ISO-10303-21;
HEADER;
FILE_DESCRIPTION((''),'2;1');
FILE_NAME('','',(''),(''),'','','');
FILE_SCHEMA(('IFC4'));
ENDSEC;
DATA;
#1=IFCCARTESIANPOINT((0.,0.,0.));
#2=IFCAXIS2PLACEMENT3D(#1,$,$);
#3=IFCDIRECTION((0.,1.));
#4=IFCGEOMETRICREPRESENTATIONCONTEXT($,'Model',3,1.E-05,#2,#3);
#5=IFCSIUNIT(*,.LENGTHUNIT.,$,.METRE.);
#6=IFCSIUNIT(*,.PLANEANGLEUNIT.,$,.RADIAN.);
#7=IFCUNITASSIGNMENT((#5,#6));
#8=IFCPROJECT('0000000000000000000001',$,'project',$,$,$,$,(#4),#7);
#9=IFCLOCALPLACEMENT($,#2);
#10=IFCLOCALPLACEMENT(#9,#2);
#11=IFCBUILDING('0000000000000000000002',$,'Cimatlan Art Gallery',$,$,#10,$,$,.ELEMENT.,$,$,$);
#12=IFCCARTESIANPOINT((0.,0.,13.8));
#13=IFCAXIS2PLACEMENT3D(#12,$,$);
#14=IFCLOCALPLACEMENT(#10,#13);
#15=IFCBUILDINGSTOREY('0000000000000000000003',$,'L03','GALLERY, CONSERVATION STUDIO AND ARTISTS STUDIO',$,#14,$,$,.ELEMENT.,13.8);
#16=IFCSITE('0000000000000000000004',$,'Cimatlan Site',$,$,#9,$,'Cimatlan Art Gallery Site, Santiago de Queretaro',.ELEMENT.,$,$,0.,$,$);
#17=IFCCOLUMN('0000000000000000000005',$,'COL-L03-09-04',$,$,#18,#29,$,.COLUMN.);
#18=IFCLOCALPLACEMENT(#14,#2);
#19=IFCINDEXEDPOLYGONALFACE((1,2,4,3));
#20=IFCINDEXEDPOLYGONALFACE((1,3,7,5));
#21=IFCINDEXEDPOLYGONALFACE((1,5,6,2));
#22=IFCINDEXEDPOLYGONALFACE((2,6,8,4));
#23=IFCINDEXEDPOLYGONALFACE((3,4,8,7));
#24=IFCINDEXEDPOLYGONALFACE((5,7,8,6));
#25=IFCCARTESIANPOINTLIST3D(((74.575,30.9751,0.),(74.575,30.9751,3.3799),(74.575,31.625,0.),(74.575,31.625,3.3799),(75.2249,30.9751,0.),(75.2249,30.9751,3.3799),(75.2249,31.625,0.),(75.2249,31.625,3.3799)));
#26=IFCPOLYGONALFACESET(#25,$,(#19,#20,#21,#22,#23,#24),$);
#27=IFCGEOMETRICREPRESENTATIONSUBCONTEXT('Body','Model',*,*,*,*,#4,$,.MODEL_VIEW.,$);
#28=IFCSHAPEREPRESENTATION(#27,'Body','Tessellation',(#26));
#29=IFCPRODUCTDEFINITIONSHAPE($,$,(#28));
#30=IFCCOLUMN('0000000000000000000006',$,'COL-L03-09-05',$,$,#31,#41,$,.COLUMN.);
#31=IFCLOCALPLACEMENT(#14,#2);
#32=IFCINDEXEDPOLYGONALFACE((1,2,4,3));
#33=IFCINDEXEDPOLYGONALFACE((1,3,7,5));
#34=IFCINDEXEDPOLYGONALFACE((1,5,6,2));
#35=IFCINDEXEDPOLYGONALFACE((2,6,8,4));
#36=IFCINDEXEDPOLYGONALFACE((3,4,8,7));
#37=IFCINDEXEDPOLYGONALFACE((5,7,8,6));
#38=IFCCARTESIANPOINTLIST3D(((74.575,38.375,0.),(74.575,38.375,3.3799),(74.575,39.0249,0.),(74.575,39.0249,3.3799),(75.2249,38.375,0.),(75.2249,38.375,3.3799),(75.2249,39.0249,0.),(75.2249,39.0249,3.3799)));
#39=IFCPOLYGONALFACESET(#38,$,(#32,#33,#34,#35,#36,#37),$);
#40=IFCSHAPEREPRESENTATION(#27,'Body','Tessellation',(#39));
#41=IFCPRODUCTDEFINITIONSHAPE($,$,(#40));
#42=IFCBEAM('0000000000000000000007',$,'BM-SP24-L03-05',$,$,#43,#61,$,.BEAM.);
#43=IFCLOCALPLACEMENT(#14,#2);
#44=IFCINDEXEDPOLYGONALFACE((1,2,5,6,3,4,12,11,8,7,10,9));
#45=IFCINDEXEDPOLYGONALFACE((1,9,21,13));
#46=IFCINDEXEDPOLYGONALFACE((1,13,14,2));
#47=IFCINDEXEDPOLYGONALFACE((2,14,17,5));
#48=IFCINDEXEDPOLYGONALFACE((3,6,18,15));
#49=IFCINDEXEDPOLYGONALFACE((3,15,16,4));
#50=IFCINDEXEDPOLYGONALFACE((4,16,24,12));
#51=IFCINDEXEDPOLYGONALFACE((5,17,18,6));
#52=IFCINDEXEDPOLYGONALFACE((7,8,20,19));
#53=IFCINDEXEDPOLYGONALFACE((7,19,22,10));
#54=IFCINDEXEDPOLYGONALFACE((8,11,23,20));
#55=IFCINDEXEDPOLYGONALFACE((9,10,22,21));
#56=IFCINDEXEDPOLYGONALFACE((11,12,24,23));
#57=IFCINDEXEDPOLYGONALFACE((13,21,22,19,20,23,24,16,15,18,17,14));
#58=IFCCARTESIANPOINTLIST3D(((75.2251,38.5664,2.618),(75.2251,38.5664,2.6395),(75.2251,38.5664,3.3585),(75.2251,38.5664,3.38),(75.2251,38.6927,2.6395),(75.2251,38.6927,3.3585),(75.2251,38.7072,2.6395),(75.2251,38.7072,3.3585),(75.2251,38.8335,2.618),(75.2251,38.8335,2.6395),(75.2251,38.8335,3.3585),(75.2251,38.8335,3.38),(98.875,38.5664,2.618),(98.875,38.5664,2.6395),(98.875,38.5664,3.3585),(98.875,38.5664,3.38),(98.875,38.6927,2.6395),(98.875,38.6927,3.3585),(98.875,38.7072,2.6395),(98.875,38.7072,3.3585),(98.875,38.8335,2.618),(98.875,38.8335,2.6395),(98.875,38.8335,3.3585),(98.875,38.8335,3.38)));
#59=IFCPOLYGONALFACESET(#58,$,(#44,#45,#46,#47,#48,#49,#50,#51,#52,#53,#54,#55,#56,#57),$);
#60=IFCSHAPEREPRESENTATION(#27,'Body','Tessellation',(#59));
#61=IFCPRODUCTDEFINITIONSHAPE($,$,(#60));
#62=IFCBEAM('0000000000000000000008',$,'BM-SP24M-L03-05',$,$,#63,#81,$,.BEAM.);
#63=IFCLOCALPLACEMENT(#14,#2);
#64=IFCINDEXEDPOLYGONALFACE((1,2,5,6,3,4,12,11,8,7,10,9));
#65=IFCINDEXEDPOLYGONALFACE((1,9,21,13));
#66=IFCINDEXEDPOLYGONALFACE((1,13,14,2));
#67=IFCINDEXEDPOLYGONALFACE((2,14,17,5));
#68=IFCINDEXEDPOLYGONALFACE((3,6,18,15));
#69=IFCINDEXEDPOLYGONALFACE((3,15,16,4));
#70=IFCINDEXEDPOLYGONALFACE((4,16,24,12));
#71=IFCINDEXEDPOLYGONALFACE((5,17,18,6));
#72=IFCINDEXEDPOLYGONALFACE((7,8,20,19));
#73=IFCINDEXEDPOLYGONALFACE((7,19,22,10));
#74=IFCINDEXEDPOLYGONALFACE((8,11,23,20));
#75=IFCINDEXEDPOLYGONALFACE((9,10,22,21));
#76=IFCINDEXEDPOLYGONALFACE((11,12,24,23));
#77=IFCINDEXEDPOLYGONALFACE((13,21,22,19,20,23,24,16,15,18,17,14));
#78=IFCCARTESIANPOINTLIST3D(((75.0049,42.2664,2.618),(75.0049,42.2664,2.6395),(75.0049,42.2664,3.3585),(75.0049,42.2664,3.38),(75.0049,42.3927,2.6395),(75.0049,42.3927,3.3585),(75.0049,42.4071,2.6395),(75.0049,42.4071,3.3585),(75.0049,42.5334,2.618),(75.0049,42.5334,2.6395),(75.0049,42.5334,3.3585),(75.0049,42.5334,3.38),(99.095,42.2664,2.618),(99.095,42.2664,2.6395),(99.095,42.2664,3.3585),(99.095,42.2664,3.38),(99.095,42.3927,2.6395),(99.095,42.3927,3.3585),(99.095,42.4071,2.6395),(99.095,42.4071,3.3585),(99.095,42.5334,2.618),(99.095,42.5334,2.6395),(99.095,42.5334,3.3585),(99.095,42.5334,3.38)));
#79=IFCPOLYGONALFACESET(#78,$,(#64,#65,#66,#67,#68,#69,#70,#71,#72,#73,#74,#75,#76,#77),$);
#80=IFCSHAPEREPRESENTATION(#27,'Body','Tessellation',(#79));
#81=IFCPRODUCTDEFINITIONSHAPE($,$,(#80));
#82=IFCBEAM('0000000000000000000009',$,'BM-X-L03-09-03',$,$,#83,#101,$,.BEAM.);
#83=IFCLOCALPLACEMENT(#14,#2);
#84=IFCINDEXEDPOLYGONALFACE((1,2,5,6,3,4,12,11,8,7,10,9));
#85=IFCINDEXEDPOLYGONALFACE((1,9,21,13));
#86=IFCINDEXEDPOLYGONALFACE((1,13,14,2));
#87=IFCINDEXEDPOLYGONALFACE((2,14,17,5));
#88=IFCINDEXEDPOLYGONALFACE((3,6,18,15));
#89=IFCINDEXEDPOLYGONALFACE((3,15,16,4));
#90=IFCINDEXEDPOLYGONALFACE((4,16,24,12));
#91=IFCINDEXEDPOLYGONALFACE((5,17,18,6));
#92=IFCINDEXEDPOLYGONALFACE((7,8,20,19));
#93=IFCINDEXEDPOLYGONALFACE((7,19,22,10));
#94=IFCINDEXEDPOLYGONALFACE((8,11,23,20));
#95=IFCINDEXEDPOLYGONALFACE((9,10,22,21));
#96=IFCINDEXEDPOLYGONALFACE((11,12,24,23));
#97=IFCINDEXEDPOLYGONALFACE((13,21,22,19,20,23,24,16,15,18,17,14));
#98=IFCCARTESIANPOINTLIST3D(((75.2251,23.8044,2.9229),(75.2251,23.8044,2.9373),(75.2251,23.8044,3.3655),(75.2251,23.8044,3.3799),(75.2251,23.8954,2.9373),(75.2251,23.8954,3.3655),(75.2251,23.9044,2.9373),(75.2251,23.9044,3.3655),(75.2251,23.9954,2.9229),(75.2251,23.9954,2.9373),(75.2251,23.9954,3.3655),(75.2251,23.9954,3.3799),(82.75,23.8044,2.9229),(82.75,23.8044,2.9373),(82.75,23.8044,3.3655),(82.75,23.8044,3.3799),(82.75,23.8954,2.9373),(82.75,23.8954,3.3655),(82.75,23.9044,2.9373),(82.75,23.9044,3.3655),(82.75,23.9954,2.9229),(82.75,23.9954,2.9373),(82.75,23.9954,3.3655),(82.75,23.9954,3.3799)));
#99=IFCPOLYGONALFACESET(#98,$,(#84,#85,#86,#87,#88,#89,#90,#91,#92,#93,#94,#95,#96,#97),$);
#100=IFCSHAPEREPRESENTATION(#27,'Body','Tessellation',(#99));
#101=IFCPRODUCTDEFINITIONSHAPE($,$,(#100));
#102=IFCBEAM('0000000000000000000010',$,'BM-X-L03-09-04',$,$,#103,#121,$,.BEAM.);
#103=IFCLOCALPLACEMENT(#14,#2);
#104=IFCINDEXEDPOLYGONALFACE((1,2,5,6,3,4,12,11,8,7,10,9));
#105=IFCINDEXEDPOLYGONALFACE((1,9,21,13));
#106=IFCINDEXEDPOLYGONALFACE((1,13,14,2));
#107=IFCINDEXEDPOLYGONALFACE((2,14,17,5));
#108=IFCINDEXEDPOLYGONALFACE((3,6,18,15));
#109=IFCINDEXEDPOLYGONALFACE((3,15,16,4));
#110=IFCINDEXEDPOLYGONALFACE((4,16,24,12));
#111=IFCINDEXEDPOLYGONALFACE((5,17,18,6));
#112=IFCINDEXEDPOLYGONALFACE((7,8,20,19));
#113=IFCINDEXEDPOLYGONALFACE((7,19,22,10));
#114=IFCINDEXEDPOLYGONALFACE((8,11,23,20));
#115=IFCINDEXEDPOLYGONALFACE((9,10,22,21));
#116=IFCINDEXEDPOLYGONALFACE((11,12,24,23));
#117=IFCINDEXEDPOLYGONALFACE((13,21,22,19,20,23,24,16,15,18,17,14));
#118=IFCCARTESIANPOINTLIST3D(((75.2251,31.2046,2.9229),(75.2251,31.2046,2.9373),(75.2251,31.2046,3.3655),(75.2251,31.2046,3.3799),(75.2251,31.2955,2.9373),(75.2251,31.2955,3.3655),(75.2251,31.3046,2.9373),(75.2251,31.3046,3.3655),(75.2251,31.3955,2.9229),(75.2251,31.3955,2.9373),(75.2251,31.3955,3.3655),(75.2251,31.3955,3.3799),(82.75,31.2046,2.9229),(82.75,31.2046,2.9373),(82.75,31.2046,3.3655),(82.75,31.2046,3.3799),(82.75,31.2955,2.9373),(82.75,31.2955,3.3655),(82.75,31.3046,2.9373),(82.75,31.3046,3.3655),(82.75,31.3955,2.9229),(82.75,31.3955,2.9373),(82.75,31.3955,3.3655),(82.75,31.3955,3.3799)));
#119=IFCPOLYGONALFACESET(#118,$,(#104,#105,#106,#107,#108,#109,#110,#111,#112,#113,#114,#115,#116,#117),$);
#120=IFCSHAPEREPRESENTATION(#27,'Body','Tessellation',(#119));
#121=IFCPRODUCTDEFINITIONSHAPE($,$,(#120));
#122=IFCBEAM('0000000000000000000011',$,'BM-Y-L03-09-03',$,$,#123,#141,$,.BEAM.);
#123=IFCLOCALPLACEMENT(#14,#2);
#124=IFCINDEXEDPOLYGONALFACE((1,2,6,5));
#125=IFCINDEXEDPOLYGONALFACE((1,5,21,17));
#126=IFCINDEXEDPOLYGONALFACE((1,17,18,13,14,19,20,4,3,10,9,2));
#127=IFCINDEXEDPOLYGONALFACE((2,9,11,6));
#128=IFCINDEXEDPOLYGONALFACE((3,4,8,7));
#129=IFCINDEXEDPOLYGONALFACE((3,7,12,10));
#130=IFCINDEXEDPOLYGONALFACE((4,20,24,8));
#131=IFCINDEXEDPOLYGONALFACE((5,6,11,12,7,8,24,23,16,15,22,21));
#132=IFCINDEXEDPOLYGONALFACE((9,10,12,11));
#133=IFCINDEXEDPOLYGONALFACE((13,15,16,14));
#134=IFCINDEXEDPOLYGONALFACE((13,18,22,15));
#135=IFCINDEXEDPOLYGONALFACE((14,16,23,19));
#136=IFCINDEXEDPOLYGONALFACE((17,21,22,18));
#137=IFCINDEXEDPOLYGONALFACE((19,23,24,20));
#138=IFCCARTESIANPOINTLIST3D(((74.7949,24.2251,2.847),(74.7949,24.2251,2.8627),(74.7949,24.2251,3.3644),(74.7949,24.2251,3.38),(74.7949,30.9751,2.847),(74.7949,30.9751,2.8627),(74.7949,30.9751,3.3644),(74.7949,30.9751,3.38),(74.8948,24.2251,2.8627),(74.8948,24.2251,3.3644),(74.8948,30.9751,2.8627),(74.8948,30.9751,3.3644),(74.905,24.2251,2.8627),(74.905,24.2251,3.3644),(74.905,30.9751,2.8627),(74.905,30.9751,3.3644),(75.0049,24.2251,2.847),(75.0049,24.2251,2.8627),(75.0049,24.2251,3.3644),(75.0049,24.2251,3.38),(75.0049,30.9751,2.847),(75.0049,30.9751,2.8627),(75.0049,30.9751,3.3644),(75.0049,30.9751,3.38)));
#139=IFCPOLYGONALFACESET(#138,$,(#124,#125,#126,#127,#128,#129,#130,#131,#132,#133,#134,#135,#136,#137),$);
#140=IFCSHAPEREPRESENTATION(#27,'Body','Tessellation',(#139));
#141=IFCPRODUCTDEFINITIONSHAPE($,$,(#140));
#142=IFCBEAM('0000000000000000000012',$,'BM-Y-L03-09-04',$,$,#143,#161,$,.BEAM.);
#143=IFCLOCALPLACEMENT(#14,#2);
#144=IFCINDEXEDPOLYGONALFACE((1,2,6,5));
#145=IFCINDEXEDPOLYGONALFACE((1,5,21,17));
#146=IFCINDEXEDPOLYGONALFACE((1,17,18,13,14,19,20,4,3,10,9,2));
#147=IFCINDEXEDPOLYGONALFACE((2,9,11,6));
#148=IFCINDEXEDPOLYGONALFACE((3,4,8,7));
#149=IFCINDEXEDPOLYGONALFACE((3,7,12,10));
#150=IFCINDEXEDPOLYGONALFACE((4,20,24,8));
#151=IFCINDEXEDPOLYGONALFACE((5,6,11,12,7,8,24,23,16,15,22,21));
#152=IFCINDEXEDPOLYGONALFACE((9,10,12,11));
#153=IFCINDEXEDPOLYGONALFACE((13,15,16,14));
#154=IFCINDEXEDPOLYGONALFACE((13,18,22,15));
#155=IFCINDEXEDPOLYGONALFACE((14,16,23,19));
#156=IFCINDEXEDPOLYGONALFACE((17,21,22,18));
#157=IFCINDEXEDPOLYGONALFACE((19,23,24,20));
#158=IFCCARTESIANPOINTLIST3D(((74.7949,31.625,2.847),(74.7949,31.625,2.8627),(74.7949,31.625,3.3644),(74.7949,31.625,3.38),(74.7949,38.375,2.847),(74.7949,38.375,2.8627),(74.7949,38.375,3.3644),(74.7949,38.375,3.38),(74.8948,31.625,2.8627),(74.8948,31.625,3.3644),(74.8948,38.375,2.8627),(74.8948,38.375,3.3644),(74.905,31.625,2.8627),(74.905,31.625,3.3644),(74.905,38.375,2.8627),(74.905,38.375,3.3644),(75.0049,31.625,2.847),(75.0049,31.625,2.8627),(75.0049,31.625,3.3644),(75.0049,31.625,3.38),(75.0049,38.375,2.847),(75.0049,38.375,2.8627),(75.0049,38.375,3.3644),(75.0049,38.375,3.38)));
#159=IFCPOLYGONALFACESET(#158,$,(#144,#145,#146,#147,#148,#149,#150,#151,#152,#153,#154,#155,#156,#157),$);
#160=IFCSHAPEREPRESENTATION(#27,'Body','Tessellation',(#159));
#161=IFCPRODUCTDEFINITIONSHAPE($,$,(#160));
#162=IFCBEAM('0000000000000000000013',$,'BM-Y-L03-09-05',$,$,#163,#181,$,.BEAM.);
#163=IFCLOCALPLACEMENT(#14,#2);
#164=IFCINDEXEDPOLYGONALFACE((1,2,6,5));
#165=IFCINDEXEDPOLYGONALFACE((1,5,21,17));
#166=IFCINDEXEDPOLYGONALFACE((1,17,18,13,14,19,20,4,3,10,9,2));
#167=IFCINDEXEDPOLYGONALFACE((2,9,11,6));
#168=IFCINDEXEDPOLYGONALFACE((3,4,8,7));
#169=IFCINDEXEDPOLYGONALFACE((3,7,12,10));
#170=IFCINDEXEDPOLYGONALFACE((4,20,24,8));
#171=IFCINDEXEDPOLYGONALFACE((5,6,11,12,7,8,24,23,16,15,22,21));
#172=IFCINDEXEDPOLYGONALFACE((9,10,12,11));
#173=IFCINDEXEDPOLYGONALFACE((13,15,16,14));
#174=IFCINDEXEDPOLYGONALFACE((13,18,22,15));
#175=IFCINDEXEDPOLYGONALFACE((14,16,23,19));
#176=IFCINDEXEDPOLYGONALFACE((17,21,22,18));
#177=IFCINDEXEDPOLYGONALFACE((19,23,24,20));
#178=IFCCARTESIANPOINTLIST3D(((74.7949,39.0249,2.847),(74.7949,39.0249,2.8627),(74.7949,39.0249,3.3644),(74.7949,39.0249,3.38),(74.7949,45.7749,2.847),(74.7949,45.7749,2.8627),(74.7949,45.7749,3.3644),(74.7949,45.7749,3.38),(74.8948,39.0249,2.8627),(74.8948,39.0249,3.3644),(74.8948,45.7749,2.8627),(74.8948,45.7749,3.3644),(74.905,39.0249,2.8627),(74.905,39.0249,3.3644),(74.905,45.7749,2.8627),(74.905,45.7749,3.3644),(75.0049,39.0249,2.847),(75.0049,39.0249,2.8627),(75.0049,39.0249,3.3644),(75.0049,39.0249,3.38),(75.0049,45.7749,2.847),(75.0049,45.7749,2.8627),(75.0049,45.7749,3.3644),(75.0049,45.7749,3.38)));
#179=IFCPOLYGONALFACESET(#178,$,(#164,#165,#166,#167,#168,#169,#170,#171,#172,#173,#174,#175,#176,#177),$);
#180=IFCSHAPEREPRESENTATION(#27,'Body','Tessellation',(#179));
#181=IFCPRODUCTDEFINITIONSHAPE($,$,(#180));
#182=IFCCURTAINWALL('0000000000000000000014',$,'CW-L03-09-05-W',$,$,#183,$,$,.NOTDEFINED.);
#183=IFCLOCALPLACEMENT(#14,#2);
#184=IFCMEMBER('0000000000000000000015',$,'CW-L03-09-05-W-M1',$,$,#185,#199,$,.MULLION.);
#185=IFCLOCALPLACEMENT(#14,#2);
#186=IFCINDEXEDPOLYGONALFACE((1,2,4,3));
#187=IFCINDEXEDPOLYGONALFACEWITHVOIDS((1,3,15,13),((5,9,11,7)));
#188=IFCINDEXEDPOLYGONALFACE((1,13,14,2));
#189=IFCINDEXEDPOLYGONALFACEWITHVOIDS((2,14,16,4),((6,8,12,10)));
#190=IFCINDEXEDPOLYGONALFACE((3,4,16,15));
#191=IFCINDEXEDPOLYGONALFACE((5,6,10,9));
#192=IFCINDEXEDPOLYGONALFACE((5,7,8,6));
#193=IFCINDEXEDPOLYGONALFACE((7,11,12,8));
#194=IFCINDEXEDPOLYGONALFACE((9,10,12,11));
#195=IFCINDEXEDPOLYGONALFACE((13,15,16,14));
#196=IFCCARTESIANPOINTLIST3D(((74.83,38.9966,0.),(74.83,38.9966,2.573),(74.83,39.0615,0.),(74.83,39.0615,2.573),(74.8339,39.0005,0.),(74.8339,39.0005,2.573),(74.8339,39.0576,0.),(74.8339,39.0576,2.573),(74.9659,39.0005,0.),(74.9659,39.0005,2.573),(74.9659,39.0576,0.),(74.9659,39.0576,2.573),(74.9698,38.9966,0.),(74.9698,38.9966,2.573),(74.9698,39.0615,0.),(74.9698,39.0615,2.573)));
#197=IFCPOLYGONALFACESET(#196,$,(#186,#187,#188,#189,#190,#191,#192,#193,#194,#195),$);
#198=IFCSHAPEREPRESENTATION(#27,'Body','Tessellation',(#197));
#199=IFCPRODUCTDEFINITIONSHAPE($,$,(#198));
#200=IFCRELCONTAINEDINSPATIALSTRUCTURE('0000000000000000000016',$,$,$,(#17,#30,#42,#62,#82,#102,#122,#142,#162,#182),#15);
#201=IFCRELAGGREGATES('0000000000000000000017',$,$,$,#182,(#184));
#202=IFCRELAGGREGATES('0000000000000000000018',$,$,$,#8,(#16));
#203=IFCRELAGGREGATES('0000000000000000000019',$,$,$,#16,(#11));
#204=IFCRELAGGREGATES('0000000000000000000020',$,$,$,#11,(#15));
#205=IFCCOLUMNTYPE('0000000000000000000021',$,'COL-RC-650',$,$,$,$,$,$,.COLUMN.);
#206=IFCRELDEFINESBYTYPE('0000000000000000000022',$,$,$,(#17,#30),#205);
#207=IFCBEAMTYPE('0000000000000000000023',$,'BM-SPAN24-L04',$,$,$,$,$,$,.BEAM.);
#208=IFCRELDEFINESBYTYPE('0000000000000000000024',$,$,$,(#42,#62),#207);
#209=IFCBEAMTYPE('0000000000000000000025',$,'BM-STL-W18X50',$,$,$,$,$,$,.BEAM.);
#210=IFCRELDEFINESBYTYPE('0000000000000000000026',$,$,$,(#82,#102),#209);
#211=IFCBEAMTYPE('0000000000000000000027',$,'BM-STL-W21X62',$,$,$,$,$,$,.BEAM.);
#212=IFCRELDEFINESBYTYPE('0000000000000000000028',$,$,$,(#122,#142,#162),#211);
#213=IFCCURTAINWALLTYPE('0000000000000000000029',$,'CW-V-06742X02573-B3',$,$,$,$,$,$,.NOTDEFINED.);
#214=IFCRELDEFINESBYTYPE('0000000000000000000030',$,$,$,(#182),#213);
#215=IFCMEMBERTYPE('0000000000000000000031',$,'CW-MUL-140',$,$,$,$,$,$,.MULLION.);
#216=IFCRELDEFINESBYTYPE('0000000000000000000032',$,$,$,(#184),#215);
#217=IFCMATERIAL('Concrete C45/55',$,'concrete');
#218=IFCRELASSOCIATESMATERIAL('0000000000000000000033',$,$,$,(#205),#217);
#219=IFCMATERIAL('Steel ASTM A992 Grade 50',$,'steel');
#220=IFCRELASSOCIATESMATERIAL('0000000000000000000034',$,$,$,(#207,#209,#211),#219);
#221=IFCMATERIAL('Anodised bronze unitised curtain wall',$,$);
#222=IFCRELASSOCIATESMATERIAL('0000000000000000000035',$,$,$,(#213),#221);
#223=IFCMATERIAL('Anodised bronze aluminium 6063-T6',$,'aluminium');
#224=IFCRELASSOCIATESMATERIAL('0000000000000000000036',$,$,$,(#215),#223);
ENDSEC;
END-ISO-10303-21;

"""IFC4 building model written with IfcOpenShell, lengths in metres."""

from ifc_helpers import new_model, si_unit, direction, frame, origin, origin_2d, place, context, subcontext, project, spatial, rectangle, hollow_rectangle, i_section, extrude, material, material_profile, profile_set, type_object, element, aggregate, save


model = new_model("IFC4")

# Units and contexts
model_context = context("Model", 3, precision=1e-05, world=origin(), true_north=direction((0.0, 1.0)))
body_context = subcontext(model_context, "Body", "Model", "MODEL_VIEW")
ifc_project = project(units=[si_unit("LENGTHUNIT", "METRE"), si_unit("PLANEANGLEUNIT", "RADIAN")], contexts=[model_context])

# Site, building, storey
site_placement = place(None, origin())
site = spatial("IfcSite", under=ifc_project, at=site_placement, Name="Cimatlan Site", LongName="Cimatlan Art Gallery Site, Santiago de Queretaro", CompositionType="ELEMENT", RefElevation=0.0)
building_placement = place(site_placement, origin())
building = spatial("IfcBuilding", under=site, at=building_placement, Name="Cimatlan Art Gallery", CompositionType="ELEMENT")
storey_placement = place(building_placement, frame((0.0, 0.0, 13.8)))
storey = spatial("IfcBuildingStorey", under=building, at=storey_placement, Name="L03", Description="GALLERY, CONSERVATION STUDIO AND ARTISTS STUDIO", CompositionType="ELEMENT", Elevation=13.8)

# Columns
ifc_material_1 = material(Name="Concrete C45/55", Category="concrete")
ifc_material_profile_1 = material_profile(ifc_material_1, rectangle(XDim=0.6499, YDim=0.6499, at=origin_2d()), Name="RC650X650")
ifc_profile_set_1 = profile_set([ifc_material_profile_1], Name="Concrete C45/55")
column_type = type_object("IfcColumnType", Name="COL-RC-650", PredefinedType="COLUMN", material=ifc_profile_set_1)
for number, where, z_axis, x_axis, name in (
    (1, (74.8999, 31.3, 0.0), (0.0, 0.0, 1.0), (1.0, 0.0, 0.0), "COL-L03-09-04"),
    (2, (74.8999, 38.7, 0.0), (0.0, 0.0, 1.0), (1.0, 0.0, 0.0), "COL-L03-09-05"),
):
    element("IfcColumn", number, at=place(storey_placement, frame(where, z_axis=z_axis, x_axis=x_axis)), inside=storey, type_object=column_type, Name=name, PredefinedType="COLUMN", context=body_context, shape_type="SweptSolid", body=[
        extrude(rectangle(XDim=0.6499, YDim=0.6499, at=origin_2d()), origin(), (0.0, 0.0, 1.0), 3.3799),
    ])

# Beams
ifc_material_2 = material(Name="Steel ASTM A992 Grade 50", Category="steel")
ifc_material_profile_2 = material_profile(ifc_material_2, i_section(OverallWidth=0.2671, OverallDepth=0.762, WebThickness=0.0144, FlangeThickness=0.0215, at=origin_2d()), Name="W30X116")
ifc_profile_set_2 = profile_set([ifc_material_profile_2], Name="Steel ASTM A992 Grade 50")
beam_type_1 = type_object("IfcBeamType", Name="BM-SPAN24-L04", PredefinedType="BEAM", material=ifc_profile_set_2)
beam_1_placement = place(storey_placement, frame((75.2251, 38.7, 2.999), z_axis=(1.0, 0.0, 0.0), x_axis=(0.0, 1.0, 0.0)))
element("IfcBeam", 3, at=beam_1_placement, inside=storey, type_object=beam_type_1, Name="BM-SP24-L03-05", PredefinedType="BEAM", context=body_context, shape_type="SweptSolid", body=[
    extrude(i_section(OverallWidth=0.2671, OverallDepth=0.762, WebThickness=0.0144, FlangeThickness=0.0215, at=origin_2d()), origin(), (0.0, 0.0, 1.0), 23.6499),
])
beam_2_placement = place(storey_placement, frame((75.0049, 42.3999, 2.999), z_axis=(1.0, 0.0, 0.0), x_axis=(0.0, 1.0, 0.0)))
element("IfcBeam", 4, at=beam_2_placement, inside=storey, type_object=beam_type_1, Name="BM-SP24M-L03-05", PredefinedType="BEAM", context=body_context, shape_type="SweptSolid", body=[
    extrude(i_section(OverallWidth=0.2671, OverallDepth=0.762, WebThickness=0.0144, FlangeThickness=0.0215, at=origin_2d()), origin(), (0.0, 0.0, 1.0), 24.0901),
])
ifc_material_profile_3 = material_profile(ifc_material_2, i_section(OverallWidth=0.1909, OverallDepth=0.457, WebThickness=0.009, FlangeThickness=0.0144, at=origin_2d()), Name="W18X50")
ifc_profile_set_3 = profile_set([ifc_material_profile_3], Name="Steel ASTM A992 Grade 50")
beam_type_2 = type_object("IfcBeamType", Name="BM-STL-W18X50", PredefinedType="BEAM", material=ifc_profile_set_3)
for number, where, z_axis, x_axis, name in (
    (5, (75.2251, 23.8999, 3.1514), (1.0, 0.0, 0.0), (0.0, 1.0, 0.0), "BM-X-L03-09-03"),
    (6, (75.2251, 31.3, 3.1514), (1.0, 0.0, 0.0), (0.0, 1.0, 0.0), "BM-X-L03-09-04"),
):
    element("IfcBeam", number, at=place(storey_placement, frame(where, z_axis=z_axis, x_axis=x_axis)), inside=storey, type_object=beam_type_2, Name=name, PredefinedType="BEAM", context=body_context, shape_type="SweptSolid", body=[
        extrude(i_section(OverallWidth=0.1909, OverallDepth=0.457, WebThickness=0.009, FlangeThickness=0.0144, at=origin_2d()), origin(), (0.0, 0.0, 1.0), 7.5249),
    ])
ifc_material_profile_4 = material_profile(ifc_material_2, i_section(OverallWidth=0.21, OverallDepth=0.533, WebThickness=0.0103, FlangeThickness=0.0156, at=origin_2d()), Name="W21X62")
ifc_profile_set_4 = profile_set([ifc_material_profile_4], Name="Steel ASTM A992 Grade 50")
beam_type_3 = type_object("IfcBeamType", Name="BM-STL-W21X62", PredefinedType="BEAM", material=ifc_profile_set_4)
for number, where, z_axis, x_axis, name in (
    (7, (74.8999, 24.2251, 3.1135), (0.0, 1.0, 0.0), (-1.0, 0.0, 0.0), "BM-Y-L03-09-03"),
    (8, (74.8999, 31.625, 3.1135), (0.0, 1.0, 0.0), (-1.0, 0.0, 0.0), "BM-Y-L03-09-04"),
    (9, (74.8999, 39.0249, 3.1135), (0.0, 1.0, 0.0), (-1.0, 0.0, 0.0), "BM-Y-L03-09-05"),
):
    element("IfcBeam", number, at=place(storey_placement, frame(where, z_axis=z_axis, x_axis=x_axis)), inside=storey, type_object=beam_type_3, Name=name, PredefinedType="BEAM", context=body_context, shape_type="SweptSolid", body=[
        extrude(i_section(OverallWidth=0.21, OverallDepth=0.533, WebThickness=0.0103, FlangeThickness=0.0156, at=origin_2d()), origin(), (0.0, 0.0, 1.0), 6.75),
    ])

# Curtain wall, member
ifc_material_3 = material(Name="Anodised bronze unitised curtain wall")
curtain_wall_type = type_object("IfcCurtainWallType", Name="CW-V-06742X02573-B3", PredefinedType="NOTDEFINED", material=ifc_material_3)
curtain_wall_placement = place(storey_placement, origin())
curtain_wall = element("IfcCurtainWall", 10, at=curtain_wall_placement, inside=storey, type_object=curtain_wall_type, Name="CW-L03-09-05-W", PredefinedType="NOTDEFINED")
ifc_material_4 = material(Name="Anodised bronze aluminium 6063-T6", Category="aluminium")
ifc_material_profile_5 = material_profile(ifc_material_4, hollow_rectangle(XDim=0.0649, YDim=0.1399, WallThickness=0.0039, at=origin_2d()), Name="ALU65X140X4")
ifc_profile_set_5 = profile_set([ifc_material_profile_5], Name="Anodised bronze aluminium 6063-T6")
member_type_1 = type_object("IfcMemberType", Name="CW-MUL-140", PredefinedType="MULLION", material=ifc_profile_set_5)
member_1_placement = place(storey_placement, frame((74.8999, 39.0291, 0.0), z_axis=(0.0, 0.0, 1.0), x_axis=(0.0, 1.0, 0.0)))
member_1 = element("IfcMember", 11, at=member_1_placement, type_object=member_type_1, Name="CW-L03-09-05-W-M1", PredefinedType="MULLION", context=body_context, shape_type="SweptSolid", body=[
    extrude(hollow_rectangle(XDim=0.0649, YDim=0.1399, WallThickness=0.0039, at=origin_2d()), origin(), (0.0, 0.0, 1.0), 2.573),
])
aggregate(curtain_wall, [member_1])

save(model, "model.ifc")
